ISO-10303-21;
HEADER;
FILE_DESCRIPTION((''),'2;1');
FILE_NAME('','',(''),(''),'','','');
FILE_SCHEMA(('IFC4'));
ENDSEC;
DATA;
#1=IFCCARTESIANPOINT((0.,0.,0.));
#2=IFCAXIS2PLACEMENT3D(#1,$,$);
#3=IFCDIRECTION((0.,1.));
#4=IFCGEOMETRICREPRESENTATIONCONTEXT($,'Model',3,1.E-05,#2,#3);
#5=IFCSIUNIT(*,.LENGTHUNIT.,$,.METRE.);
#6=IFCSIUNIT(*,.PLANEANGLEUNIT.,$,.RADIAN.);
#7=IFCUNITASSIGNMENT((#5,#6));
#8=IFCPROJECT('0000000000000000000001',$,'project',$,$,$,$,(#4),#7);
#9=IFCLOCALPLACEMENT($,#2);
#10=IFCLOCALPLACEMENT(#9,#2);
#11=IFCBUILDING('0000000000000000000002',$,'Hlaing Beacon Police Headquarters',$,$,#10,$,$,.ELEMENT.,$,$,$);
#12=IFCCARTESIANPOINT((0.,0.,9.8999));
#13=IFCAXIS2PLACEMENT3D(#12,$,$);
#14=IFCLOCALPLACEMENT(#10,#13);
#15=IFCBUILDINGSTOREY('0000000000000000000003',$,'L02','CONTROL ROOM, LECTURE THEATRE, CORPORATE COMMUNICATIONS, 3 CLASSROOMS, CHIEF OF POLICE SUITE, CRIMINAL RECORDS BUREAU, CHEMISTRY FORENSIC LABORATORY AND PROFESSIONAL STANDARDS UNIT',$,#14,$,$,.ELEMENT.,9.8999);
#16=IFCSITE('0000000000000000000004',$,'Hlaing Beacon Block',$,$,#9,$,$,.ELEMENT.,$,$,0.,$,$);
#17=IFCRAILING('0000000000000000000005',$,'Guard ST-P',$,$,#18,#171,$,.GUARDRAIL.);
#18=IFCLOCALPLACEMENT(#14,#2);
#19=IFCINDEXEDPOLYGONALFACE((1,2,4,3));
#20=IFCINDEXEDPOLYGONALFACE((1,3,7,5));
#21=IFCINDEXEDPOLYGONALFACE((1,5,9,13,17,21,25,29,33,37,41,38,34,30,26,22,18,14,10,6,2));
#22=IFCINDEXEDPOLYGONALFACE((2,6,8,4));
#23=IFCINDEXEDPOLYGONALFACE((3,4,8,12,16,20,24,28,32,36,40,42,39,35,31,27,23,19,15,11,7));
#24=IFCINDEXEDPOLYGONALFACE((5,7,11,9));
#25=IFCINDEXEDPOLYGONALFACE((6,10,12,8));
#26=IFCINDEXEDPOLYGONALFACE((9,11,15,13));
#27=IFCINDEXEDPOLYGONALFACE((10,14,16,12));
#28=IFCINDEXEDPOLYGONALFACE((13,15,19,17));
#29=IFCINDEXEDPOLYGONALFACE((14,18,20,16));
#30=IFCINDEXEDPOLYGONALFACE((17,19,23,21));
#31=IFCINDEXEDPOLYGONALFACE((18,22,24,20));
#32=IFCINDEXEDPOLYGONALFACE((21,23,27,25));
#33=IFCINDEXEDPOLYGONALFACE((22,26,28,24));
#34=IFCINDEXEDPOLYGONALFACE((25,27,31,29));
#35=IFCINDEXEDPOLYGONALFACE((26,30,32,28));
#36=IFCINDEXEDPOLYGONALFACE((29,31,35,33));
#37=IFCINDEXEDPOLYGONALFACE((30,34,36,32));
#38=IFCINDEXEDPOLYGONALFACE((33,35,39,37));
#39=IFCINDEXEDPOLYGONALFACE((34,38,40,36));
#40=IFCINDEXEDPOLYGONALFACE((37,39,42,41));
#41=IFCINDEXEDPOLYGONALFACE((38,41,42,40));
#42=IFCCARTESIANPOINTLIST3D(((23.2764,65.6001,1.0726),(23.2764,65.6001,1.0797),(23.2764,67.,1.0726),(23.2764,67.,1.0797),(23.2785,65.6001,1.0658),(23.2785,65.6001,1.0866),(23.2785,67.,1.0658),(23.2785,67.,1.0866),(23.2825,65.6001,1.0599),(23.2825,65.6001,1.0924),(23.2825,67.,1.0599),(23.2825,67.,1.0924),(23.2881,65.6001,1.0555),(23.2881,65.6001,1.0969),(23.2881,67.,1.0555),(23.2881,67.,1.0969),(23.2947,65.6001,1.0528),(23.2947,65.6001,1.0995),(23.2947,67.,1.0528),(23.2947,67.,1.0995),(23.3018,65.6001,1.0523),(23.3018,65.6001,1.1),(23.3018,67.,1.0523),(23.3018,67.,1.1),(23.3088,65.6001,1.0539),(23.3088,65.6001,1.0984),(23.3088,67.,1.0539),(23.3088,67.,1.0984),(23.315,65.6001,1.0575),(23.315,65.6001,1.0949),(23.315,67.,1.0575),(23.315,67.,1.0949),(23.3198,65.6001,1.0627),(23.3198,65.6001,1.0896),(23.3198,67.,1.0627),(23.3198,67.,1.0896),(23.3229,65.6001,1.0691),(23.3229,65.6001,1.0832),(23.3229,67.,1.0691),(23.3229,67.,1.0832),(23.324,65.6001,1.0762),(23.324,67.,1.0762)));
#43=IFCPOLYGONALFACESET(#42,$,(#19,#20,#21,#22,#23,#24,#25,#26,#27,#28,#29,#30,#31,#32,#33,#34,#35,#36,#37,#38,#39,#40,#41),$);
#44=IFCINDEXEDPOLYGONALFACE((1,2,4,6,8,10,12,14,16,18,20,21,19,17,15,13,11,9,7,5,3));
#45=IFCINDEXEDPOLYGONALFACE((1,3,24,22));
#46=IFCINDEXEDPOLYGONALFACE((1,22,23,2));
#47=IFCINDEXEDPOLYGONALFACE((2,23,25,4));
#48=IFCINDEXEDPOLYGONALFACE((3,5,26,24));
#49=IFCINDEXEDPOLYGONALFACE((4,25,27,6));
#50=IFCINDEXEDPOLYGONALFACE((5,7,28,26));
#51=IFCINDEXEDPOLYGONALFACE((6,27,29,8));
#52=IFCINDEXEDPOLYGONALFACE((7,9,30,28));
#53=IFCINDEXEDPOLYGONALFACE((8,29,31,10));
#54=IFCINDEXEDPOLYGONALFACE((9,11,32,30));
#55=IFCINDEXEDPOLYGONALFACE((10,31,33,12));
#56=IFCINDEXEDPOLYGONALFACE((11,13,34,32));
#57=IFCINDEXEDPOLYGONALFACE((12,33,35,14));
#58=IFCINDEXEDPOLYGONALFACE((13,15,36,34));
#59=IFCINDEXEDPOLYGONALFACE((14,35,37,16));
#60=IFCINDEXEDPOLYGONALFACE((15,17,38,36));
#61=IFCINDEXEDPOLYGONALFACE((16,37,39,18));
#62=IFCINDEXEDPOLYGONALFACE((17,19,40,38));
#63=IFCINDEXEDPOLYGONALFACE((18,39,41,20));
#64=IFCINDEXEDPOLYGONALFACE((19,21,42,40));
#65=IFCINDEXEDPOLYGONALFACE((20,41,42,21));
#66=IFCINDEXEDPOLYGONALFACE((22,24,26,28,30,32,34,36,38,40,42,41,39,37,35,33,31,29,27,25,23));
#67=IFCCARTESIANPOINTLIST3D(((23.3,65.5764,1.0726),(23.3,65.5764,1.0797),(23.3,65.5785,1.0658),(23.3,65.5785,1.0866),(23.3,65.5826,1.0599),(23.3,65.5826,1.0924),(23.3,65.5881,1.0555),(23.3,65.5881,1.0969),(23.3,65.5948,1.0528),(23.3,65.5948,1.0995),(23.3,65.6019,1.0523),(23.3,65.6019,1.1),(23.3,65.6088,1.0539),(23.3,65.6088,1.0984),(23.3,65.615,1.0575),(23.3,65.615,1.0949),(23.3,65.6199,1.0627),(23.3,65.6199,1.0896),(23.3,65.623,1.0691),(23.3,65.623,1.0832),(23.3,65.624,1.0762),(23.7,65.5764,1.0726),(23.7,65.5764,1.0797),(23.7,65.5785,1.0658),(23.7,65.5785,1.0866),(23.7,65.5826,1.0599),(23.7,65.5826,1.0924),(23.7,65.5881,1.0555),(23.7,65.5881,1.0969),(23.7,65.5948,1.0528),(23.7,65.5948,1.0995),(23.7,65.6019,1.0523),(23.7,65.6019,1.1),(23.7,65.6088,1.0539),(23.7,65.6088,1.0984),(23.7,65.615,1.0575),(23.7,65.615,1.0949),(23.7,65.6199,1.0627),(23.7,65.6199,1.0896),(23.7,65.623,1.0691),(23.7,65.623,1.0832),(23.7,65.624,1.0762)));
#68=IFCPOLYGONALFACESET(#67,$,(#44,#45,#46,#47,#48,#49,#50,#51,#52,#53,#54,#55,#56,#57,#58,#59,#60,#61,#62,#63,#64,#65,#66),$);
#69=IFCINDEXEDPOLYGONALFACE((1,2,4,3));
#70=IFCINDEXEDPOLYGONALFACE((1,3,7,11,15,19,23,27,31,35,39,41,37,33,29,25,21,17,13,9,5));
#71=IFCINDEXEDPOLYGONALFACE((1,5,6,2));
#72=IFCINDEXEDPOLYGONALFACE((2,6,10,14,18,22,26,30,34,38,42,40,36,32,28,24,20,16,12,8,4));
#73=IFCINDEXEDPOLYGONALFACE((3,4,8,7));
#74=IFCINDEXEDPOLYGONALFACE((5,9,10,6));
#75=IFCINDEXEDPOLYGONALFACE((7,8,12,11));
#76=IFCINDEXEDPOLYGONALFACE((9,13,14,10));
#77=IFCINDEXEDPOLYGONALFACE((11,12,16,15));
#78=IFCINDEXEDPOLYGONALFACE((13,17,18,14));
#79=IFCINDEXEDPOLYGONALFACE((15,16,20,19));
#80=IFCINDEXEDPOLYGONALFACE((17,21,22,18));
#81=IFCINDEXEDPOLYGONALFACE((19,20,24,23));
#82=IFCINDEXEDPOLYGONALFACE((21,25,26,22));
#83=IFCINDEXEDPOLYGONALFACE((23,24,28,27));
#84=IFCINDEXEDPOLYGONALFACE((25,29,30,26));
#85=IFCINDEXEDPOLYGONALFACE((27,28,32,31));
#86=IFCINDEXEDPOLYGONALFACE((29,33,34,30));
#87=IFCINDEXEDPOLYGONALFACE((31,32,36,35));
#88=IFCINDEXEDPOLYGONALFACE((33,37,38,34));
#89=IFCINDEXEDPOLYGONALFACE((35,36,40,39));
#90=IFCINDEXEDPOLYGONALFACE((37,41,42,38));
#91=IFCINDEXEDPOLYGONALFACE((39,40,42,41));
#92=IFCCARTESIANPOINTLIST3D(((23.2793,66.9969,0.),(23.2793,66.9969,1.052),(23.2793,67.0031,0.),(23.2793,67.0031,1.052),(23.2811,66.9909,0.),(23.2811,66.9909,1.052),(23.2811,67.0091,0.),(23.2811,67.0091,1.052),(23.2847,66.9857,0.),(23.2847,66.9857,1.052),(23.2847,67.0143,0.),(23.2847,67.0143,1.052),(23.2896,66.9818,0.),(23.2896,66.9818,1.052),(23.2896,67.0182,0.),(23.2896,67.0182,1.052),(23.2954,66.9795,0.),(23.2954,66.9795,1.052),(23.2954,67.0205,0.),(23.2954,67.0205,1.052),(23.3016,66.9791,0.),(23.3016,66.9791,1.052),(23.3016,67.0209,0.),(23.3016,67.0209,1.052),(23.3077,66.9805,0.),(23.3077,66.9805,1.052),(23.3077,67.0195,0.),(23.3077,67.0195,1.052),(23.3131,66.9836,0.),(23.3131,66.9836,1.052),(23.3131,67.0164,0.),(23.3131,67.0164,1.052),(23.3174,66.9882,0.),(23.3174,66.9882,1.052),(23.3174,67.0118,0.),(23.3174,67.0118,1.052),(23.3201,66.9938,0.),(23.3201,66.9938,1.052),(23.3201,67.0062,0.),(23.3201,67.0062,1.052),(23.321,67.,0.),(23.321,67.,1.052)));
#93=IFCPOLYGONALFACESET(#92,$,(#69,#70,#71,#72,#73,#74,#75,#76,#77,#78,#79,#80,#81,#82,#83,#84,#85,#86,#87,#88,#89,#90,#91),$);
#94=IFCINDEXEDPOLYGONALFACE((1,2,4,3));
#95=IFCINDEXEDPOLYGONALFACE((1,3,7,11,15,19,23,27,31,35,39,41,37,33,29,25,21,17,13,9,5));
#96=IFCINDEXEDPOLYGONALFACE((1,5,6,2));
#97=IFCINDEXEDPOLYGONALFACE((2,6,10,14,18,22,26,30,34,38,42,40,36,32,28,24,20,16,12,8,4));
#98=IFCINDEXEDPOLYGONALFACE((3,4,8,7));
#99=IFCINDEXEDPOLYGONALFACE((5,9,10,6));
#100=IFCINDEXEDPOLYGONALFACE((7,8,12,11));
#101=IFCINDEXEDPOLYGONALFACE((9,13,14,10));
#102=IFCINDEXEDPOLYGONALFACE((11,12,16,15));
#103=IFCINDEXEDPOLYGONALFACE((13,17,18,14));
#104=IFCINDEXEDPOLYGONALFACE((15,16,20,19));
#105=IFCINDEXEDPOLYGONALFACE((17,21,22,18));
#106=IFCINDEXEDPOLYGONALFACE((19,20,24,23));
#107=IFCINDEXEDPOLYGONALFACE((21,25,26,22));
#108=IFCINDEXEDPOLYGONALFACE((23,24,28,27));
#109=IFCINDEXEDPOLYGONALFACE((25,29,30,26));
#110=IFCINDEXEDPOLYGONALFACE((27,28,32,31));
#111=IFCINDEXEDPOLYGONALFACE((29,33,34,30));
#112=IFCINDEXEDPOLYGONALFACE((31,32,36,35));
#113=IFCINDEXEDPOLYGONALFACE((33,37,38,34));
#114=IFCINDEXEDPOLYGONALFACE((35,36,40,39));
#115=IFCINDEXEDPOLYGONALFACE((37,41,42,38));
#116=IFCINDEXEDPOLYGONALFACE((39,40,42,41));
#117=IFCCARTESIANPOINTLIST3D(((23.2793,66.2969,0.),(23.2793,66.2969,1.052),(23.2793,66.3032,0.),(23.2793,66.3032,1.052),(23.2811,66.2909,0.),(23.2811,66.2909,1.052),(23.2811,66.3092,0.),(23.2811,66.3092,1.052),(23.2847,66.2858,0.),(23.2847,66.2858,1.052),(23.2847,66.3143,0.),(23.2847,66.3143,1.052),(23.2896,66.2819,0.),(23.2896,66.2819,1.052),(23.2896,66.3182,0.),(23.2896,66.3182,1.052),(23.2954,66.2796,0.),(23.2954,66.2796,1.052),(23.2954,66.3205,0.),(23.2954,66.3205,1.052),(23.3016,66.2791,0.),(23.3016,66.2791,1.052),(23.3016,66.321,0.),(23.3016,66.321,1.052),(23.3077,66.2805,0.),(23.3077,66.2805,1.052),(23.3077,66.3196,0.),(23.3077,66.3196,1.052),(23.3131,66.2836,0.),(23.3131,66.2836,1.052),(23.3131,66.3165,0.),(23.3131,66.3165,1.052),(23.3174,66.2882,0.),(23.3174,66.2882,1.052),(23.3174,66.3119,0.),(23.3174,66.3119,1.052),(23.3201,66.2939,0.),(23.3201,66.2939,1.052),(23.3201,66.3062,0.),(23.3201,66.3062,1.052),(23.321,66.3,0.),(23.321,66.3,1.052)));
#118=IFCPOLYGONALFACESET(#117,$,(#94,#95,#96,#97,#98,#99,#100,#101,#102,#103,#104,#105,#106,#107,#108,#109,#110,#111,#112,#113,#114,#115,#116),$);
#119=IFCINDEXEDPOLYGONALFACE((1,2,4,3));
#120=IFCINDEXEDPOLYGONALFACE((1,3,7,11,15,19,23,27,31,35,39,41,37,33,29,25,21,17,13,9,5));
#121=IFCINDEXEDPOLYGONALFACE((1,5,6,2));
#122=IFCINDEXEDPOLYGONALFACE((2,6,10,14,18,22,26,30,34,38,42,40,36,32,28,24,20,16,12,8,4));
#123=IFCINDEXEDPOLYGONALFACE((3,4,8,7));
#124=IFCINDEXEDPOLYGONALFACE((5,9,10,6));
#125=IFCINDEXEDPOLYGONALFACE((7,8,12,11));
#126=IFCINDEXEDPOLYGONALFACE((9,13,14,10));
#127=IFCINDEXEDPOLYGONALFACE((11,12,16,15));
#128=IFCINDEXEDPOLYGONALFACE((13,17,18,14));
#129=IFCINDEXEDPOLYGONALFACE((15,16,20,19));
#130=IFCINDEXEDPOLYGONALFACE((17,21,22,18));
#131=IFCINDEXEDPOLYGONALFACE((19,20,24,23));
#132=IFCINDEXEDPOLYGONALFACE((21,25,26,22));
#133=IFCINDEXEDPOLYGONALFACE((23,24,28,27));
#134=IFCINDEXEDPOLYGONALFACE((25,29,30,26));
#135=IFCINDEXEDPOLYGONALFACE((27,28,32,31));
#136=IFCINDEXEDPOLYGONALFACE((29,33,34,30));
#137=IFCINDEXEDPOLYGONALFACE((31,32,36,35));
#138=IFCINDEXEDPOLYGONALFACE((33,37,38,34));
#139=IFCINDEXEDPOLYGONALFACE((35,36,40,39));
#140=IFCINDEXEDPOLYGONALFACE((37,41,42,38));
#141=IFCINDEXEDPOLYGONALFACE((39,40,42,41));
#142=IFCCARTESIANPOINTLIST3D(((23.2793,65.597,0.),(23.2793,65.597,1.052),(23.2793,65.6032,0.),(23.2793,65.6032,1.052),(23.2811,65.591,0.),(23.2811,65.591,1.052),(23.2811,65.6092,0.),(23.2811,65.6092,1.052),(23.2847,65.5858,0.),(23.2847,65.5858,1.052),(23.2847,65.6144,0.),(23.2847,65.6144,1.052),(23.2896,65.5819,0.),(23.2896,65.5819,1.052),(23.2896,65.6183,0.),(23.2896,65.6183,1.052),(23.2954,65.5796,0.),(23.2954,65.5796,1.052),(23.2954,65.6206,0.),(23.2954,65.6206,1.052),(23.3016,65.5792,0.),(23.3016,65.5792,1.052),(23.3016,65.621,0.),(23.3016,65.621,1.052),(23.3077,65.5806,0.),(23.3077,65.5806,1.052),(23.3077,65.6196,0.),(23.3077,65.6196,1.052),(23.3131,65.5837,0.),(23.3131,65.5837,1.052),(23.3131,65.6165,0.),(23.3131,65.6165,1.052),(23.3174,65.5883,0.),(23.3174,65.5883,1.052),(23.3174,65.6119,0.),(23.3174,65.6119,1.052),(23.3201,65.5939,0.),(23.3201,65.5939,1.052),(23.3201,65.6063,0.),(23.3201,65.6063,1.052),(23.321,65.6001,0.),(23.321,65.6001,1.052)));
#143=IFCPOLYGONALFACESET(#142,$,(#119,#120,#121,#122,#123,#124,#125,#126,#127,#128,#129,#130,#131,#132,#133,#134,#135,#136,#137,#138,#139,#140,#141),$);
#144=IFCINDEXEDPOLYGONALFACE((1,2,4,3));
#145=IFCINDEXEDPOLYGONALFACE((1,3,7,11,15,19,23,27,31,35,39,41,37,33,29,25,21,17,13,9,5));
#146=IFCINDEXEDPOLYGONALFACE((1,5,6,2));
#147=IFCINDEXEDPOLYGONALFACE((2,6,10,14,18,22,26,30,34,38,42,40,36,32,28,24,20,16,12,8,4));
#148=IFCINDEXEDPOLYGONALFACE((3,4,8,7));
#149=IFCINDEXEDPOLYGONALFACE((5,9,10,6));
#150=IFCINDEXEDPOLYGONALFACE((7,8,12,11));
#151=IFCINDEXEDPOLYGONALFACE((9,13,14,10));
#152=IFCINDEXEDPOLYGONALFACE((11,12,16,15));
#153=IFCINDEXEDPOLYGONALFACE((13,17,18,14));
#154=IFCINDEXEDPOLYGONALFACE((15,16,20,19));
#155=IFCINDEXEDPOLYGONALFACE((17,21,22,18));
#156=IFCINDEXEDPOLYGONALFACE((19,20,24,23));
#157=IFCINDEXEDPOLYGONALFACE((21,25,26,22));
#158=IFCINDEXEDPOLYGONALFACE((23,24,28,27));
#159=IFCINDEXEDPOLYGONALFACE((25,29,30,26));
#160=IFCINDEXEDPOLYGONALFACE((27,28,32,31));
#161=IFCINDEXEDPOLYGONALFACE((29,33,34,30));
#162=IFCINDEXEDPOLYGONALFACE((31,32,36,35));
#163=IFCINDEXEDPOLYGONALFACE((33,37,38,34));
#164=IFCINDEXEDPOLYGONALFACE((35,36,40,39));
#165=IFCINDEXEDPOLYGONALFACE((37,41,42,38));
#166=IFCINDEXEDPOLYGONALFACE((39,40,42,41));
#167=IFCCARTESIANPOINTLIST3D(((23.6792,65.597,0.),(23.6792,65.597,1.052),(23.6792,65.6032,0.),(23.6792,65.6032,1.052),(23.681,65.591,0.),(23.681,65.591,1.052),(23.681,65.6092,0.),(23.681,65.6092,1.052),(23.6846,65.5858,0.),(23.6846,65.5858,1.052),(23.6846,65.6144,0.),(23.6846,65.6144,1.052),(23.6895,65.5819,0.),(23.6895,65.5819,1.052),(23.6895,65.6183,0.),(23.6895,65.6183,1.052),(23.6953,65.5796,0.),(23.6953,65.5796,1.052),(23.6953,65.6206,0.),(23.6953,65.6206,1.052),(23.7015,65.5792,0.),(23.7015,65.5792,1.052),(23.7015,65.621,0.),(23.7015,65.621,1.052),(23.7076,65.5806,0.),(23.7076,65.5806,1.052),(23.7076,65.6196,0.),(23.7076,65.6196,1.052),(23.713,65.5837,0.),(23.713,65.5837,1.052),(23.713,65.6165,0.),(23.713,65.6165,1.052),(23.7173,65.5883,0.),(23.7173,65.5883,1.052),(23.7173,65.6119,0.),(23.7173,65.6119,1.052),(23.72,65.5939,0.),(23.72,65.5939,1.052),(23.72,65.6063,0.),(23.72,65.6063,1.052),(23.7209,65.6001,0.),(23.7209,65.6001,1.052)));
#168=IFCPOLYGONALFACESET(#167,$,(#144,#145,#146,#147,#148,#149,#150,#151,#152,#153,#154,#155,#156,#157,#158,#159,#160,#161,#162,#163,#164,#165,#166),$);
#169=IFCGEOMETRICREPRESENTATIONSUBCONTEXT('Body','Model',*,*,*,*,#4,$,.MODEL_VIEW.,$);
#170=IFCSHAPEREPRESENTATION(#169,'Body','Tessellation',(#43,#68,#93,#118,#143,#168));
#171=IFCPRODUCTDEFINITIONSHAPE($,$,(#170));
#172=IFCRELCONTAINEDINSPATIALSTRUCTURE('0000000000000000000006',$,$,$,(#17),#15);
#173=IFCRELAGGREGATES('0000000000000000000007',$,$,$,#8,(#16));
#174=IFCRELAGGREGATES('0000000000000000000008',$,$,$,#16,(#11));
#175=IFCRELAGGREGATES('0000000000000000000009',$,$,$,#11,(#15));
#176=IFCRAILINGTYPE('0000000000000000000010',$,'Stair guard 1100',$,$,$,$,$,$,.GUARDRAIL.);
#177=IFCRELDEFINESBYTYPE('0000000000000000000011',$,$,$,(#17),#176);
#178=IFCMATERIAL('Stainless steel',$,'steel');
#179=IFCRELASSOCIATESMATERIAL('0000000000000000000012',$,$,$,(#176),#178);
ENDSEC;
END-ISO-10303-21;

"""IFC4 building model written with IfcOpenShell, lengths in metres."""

from ifc_helpers import new_model, si_unit, direction, frame, origin, origin_2d, place, context, subcontext, project, spatial, circle, extrude, material, type_object, element, save


model = new_model("IFC4")

# Units and contexts
model_context = context("Model", 3, precision=1e-05, world=origin(), true_north=direction((0.0, 1.0)))
body_context = subcontext(model_context, "Body", "Model", "MODEL_VIEW")
ifc_project = project(units=[si_unit("LENGTHUNIT", "METRE"), si_unit("PLANEANGLEUNIT", "RADIAN")], contexts=[model_context])

# Site, building, storey
site_placement = place(None, origin())
site = spatial("IfcSite", under=ifc_project, at=site_placement, Name="Hlaing Beacon Block", CompositionType="ELEMENT", RefElevation=0.0)
building_placement = place(site_placement, origin())
building = spatial("IfcBuilding", under=site, at=building_placement, Name="Hlaing Beacon Police Headquarters", CompositionType="ELEMENT")
storey_placement = place(building_placement, frame((0.0, 0.0, 9.8999)))
storey = spatial("IfcBuildingStorey", under=building, at=storey_placement, Name="L02", Description="CONTROL ROOM, LECTURE THEATRE, CORPORATE COMMUNICATIONS, 3 CLASSROOMS, CHIEF OF POLICE SUITE, CRIMINAL RECORDS BUREAU, CHEMISTRY FORENSIC LABORATORY AND PROFESSIONAL STANDARDS UNIT", CompositionType="ELEMENT", Elevation=9.8999)

# Railing
ifc_material_1 = material(Name="Stainless steel", Category="steel")
railing_type_1 = type_object("IfcRailingType", Name="Stair guard 1100", PredefinedType="GUARDRAIL", material=ifc_material_1)
railing_placement = place(storey_placement, frame((23.3, 67.0, 0.0)))
element("IfcRailing", 1, at=railing_placement, inside=storey, type_object=railing_type_1, Name="Guard ST-P", PredefinedType="GUARDRAIL", context=body_context, shape_type="SweptSolid", body=[
    extrude(circle(Radius=0.0239, at=origin_2d()), frame((0.0, 0.0, 1.0762), z_axis=(0.0, -1.0, 0.0), x_axis=(1.0, 0.0, 0.0)), (0.0, 0.0, 1.0), 1.3999),
    extrude(circle(Radius=0.0239, at=origin_2d()), frame((0.0, -1.3999, 1.0762), z_axis=(1.0, 0.0, 0.0), x_axis=(0.0, 1.0, 0.0)), (0.0, 0.0, 1.0), 0.3999),
    extrude(circle(Radius=0.021, at=origin_2d()), origin(), (0.0, 0.0, 1.0), 1.052),
    extrude(circle(Radius=0.021, at=origin_2d()), frame((0.0, -0.7, 0.0)), (0.0, 0.0, 1.0), 1.052),
    extrude(circle(Radius=0.021, at=origin_2d()), frame((0.0, -1.3999, 0.0)), (0.0, 0.0, 1.0), 1.052),
    extrude(circle(Radius=0.021, at=origin_2d()), frame((0.3999, -1.3999, 0.0)), (0.0, 0.0, 1.0), 1.052),
])

save(model, "model.ifc")
